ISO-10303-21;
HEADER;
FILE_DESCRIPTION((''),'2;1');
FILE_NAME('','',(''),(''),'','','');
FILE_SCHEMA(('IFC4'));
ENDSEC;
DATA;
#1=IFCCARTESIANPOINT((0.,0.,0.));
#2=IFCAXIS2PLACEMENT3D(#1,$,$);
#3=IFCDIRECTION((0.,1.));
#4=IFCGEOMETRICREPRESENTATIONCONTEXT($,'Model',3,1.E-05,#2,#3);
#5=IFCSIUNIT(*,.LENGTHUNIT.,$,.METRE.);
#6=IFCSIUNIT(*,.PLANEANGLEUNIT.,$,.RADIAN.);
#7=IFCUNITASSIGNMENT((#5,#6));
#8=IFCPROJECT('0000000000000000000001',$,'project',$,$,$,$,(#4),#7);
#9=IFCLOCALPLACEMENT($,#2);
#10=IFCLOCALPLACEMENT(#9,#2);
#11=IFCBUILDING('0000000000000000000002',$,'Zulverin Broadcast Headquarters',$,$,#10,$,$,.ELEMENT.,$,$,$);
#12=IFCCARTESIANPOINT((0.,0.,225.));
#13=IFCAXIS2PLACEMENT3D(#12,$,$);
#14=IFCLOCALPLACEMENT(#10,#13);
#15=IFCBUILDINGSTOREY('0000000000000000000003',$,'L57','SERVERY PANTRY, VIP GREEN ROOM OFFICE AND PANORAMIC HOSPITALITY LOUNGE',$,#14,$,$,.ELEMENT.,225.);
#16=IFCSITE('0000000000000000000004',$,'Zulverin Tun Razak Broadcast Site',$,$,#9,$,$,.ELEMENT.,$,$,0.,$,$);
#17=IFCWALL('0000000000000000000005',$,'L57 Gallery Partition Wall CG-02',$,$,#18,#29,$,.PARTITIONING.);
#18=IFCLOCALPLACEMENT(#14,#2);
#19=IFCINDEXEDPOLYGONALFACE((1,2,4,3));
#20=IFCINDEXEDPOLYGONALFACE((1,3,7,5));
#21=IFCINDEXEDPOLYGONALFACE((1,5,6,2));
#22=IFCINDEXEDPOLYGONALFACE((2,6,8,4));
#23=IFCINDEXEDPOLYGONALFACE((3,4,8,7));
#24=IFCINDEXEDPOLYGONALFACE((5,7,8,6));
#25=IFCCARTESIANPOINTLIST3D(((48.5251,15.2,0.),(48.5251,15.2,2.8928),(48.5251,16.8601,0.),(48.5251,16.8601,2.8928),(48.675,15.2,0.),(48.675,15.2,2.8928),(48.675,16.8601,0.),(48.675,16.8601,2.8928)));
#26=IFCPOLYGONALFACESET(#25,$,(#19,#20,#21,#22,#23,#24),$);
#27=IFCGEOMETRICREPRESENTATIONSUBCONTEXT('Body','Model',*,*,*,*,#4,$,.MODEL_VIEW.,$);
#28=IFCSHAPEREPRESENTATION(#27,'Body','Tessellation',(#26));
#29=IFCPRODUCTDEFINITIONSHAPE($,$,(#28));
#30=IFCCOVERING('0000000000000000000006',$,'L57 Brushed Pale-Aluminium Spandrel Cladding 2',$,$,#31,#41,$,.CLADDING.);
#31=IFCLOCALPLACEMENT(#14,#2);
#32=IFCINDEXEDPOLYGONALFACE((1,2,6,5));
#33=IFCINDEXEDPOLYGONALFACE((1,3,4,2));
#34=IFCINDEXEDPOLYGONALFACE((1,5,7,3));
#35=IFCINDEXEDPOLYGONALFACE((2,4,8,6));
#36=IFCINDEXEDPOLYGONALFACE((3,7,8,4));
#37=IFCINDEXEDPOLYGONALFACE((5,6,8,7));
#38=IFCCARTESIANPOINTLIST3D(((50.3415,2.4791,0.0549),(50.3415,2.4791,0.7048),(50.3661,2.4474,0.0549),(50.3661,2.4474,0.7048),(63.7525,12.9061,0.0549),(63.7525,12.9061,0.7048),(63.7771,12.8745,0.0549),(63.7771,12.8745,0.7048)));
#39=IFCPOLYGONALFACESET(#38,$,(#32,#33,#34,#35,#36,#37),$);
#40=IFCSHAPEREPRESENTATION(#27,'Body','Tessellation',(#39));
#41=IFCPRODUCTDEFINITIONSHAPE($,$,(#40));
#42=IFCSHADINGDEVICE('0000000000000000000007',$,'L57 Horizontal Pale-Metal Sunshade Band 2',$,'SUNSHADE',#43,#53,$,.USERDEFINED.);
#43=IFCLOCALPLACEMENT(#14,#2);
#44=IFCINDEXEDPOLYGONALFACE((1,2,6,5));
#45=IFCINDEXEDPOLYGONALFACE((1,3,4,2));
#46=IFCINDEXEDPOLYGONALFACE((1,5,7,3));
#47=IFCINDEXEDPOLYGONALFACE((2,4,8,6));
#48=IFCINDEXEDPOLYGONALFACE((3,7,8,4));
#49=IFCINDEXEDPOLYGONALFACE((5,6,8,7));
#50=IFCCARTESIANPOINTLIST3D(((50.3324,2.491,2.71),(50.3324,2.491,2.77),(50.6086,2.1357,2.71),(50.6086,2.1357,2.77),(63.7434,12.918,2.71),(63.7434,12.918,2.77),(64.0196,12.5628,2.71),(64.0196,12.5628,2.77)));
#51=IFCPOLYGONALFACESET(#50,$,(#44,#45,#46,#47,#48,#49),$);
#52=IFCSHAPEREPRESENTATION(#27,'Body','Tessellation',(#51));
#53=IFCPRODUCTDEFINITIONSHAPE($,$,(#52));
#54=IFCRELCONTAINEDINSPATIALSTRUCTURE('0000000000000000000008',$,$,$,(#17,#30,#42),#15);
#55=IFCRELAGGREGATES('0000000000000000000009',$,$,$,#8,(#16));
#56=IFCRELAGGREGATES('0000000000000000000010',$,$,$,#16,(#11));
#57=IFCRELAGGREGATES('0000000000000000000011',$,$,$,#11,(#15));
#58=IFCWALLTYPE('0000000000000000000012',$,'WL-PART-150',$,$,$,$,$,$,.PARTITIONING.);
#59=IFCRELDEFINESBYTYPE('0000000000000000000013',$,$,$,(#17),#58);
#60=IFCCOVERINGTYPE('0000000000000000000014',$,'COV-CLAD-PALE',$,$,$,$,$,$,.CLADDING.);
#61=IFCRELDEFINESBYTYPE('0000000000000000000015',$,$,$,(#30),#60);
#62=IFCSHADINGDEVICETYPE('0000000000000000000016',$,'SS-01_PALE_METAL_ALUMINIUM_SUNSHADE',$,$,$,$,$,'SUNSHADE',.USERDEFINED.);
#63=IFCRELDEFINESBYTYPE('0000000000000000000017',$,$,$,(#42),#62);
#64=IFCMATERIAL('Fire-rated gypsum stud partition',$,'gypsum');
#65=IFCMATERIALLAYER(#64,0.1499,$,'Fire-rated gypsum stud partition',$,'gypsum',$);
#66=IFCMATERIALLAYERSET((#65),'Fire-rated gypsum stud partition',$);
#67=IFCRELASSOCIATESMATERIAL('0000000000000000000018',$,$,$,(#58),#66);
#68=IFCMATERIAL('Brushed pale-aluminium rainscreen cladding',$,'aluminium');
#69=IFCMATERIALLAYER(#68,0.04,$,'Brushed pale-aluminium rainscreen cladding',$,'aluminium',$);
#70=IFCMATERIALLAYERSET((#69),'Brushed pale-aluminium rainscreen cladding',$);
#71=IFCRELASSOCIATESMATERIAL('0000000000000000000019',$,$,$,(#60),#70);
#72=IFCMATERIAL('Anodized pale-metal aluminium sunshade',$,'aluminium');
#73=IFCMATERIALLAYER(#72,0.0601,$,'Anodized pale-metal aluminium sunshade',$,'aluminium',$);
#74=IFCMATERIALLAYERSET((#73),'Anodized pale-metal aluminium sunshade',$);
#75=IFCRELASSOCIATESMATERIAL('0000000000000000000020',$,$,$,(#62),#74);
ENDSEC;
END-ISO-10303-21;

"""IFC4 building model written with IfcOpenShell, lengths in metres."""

from ifc_helpers import new_model, si_unit, direction, frame, frame_2d, origin, origin_2d, place, context, subcontext, project, spatial, rectangle, extrude, material, layer, layer_set, type_object, element, save


model = new_model("IFC4")

# Units and contexts
model_context = context("Model", 3, precision=1e-05, world=origin(), true_north=direction((0.0, 1.0)))
body_context = subcontext(model_context, "Body", "Model", "MODEL_VIEW")
ifc_project = project(units=[si_unit("LENGTHUNIT", "METRE"), si_unit("PLANEANGLEUNIT", "RADIAN")], contexts=[model_context])

# Site, building, storey
site_placement = place(None, origin())
site = spatial("IfcSite", under=ifc_project, at=site_placement, Name="Zulverin Tun Razak Broadcast Site", CompositionType="ELEMENT", RefElevation=0.0)
building_placement = place(site_placement, origin())
building = spatial("IfcBuilding", under=site, at=building_placement, Name="Zulverin Broadcast Headquarters", CompositionType="ELEMENT")
storey_placement = place(building_placement, frame((0.0, 0.0, 225.0)))
storey = spatial("IfcBuildingStorey", under=building, at=storey_placement, Name="L57", Description="SERVERY PANTRY, VIP GREEN ROOM OFFICE AND PANORAMIC HOSPITALITY LOUNGE", CompositionType="ELEMENT", Elevation=225.0)

# Wall
ifc_material_1 = material(Name="Fire-rated gypsum stud partition", Category="gypsum")
ifc_layer_1 = layer(ifc_material_1, 0.1499, Name="Fire-rated gypsum stud partition", Category="gypsum")
ifc_layer_set_1 = layer_set([ifc_layer_1], Name="Fire-rated gypsum stud partition")
wall_type_1 = type_object("IfcWallType", Name="WL-PART-150", PredefinedType="PARTITIONING", material=ifc_layer_set_1)
wall_1_placement = place(storey_placement, frame((48.6001, 15.2, 0.0), z_axis=(0.0, 0.0, 1.0), x_axis=(0.0, 1.0, 0.0)))
element("IfcWall", 1, at=wall_1_placement, inside=storey, type_object=wall_type_1, Name="L57 Gallery Partition Wall CG-02", PredefinedType="PARTITIONING", context=body_context, shape_type="SweptSolid", body=[
    extrude(rectangle(XDim=1.6602, YDim=0.1499, at=frame_2d((0.8301, 0.0))), origin(), (0.0, 0.0, 1.0), 2.8928),
])

# Covering
ifc_material_2 = material(Name="Brushed pale-aluminium rainscreen cladding", Category="aluminium")
ifc_layer_2 = layer(ifc_material_2, 0.04, Name="Brushed pale-aluminium rainscreen cladding", Category="aluminium")
ifc_layer_set_2 = layer_set([ifc_layer_2], Name="Brushed pale-aluminium rainscreen cladding")
covering_type = type_object("IfcCoveringType", Name="COV-CLAD-PALE", PredefinedType="CLADDING", material=ifc_layer_set_2)
covering_placement = place(storey_placement, frame((57.0593, 7.6768, 0.0549), z_axis=(0.0, 0.0, 1.0), x_axis=(0.789459, 0.613803, 0.0)))
element("IfcCovering", 2, at=covering_placement, inside=storey, type_object=covering_type, Name="L57 Brushed Pale-Aluminium Spandrel Cladding 2", PredefinedType="CLADDING", context=body_context, shape_type="SweptSolid", body=[
    extrude(rectangle(XDim=16.9875, YDim=0.04, at=origin_2d()), origin(), (0.0, 0.0, 1.0), 0.6499),
])

# Shading device
ifc_material_3 = material(Name="Anodized pale-metal aluminium sunshade", Category="aluminium")
ifc_layer_3 = layer(ifc_material_3, 0.0601, Name="Anodized pale-metal aluminium sunshade", Category="aluminium")
ifc_layer_set_3 = layer_set([ifc_layer_3], Name="Anodized pale-metal aluminium sunshade")
shading_device_type = type_object("IfcShadingDeviceType", Name="SS-01_PALE_METAL_ALUMINIUM_SUNSHADE", ElementType="SUNSHADE", PredefinedType="USERDEFINED", material=ifc_layer_set_3)
shading_device_placement = place(storey_placement, frame((57.176, 7.5269, 2.71), z_axis=(0.0, 0.0, 1.0), x_axis=(0.789459, 0.613803, 0.0)))
element("IfcShadingDevice", 3, at=shading_device_placement, inside=storey, type_object=shading_device_type, Name="L57 Horizontal Pale-Metal Sunshade Band 2", ObjectType="SUNSHADE", PredefinedType="USERDEFINED", context=body_context, shape_type="SweptSolid", body=[
    extrude(rectangle(XDim=16.9875, YDim=0.45, at=origin_2d()), origin(), (0.0, 0.0, 1.0), 0.0601),
])

save(model, "model.ifc")
